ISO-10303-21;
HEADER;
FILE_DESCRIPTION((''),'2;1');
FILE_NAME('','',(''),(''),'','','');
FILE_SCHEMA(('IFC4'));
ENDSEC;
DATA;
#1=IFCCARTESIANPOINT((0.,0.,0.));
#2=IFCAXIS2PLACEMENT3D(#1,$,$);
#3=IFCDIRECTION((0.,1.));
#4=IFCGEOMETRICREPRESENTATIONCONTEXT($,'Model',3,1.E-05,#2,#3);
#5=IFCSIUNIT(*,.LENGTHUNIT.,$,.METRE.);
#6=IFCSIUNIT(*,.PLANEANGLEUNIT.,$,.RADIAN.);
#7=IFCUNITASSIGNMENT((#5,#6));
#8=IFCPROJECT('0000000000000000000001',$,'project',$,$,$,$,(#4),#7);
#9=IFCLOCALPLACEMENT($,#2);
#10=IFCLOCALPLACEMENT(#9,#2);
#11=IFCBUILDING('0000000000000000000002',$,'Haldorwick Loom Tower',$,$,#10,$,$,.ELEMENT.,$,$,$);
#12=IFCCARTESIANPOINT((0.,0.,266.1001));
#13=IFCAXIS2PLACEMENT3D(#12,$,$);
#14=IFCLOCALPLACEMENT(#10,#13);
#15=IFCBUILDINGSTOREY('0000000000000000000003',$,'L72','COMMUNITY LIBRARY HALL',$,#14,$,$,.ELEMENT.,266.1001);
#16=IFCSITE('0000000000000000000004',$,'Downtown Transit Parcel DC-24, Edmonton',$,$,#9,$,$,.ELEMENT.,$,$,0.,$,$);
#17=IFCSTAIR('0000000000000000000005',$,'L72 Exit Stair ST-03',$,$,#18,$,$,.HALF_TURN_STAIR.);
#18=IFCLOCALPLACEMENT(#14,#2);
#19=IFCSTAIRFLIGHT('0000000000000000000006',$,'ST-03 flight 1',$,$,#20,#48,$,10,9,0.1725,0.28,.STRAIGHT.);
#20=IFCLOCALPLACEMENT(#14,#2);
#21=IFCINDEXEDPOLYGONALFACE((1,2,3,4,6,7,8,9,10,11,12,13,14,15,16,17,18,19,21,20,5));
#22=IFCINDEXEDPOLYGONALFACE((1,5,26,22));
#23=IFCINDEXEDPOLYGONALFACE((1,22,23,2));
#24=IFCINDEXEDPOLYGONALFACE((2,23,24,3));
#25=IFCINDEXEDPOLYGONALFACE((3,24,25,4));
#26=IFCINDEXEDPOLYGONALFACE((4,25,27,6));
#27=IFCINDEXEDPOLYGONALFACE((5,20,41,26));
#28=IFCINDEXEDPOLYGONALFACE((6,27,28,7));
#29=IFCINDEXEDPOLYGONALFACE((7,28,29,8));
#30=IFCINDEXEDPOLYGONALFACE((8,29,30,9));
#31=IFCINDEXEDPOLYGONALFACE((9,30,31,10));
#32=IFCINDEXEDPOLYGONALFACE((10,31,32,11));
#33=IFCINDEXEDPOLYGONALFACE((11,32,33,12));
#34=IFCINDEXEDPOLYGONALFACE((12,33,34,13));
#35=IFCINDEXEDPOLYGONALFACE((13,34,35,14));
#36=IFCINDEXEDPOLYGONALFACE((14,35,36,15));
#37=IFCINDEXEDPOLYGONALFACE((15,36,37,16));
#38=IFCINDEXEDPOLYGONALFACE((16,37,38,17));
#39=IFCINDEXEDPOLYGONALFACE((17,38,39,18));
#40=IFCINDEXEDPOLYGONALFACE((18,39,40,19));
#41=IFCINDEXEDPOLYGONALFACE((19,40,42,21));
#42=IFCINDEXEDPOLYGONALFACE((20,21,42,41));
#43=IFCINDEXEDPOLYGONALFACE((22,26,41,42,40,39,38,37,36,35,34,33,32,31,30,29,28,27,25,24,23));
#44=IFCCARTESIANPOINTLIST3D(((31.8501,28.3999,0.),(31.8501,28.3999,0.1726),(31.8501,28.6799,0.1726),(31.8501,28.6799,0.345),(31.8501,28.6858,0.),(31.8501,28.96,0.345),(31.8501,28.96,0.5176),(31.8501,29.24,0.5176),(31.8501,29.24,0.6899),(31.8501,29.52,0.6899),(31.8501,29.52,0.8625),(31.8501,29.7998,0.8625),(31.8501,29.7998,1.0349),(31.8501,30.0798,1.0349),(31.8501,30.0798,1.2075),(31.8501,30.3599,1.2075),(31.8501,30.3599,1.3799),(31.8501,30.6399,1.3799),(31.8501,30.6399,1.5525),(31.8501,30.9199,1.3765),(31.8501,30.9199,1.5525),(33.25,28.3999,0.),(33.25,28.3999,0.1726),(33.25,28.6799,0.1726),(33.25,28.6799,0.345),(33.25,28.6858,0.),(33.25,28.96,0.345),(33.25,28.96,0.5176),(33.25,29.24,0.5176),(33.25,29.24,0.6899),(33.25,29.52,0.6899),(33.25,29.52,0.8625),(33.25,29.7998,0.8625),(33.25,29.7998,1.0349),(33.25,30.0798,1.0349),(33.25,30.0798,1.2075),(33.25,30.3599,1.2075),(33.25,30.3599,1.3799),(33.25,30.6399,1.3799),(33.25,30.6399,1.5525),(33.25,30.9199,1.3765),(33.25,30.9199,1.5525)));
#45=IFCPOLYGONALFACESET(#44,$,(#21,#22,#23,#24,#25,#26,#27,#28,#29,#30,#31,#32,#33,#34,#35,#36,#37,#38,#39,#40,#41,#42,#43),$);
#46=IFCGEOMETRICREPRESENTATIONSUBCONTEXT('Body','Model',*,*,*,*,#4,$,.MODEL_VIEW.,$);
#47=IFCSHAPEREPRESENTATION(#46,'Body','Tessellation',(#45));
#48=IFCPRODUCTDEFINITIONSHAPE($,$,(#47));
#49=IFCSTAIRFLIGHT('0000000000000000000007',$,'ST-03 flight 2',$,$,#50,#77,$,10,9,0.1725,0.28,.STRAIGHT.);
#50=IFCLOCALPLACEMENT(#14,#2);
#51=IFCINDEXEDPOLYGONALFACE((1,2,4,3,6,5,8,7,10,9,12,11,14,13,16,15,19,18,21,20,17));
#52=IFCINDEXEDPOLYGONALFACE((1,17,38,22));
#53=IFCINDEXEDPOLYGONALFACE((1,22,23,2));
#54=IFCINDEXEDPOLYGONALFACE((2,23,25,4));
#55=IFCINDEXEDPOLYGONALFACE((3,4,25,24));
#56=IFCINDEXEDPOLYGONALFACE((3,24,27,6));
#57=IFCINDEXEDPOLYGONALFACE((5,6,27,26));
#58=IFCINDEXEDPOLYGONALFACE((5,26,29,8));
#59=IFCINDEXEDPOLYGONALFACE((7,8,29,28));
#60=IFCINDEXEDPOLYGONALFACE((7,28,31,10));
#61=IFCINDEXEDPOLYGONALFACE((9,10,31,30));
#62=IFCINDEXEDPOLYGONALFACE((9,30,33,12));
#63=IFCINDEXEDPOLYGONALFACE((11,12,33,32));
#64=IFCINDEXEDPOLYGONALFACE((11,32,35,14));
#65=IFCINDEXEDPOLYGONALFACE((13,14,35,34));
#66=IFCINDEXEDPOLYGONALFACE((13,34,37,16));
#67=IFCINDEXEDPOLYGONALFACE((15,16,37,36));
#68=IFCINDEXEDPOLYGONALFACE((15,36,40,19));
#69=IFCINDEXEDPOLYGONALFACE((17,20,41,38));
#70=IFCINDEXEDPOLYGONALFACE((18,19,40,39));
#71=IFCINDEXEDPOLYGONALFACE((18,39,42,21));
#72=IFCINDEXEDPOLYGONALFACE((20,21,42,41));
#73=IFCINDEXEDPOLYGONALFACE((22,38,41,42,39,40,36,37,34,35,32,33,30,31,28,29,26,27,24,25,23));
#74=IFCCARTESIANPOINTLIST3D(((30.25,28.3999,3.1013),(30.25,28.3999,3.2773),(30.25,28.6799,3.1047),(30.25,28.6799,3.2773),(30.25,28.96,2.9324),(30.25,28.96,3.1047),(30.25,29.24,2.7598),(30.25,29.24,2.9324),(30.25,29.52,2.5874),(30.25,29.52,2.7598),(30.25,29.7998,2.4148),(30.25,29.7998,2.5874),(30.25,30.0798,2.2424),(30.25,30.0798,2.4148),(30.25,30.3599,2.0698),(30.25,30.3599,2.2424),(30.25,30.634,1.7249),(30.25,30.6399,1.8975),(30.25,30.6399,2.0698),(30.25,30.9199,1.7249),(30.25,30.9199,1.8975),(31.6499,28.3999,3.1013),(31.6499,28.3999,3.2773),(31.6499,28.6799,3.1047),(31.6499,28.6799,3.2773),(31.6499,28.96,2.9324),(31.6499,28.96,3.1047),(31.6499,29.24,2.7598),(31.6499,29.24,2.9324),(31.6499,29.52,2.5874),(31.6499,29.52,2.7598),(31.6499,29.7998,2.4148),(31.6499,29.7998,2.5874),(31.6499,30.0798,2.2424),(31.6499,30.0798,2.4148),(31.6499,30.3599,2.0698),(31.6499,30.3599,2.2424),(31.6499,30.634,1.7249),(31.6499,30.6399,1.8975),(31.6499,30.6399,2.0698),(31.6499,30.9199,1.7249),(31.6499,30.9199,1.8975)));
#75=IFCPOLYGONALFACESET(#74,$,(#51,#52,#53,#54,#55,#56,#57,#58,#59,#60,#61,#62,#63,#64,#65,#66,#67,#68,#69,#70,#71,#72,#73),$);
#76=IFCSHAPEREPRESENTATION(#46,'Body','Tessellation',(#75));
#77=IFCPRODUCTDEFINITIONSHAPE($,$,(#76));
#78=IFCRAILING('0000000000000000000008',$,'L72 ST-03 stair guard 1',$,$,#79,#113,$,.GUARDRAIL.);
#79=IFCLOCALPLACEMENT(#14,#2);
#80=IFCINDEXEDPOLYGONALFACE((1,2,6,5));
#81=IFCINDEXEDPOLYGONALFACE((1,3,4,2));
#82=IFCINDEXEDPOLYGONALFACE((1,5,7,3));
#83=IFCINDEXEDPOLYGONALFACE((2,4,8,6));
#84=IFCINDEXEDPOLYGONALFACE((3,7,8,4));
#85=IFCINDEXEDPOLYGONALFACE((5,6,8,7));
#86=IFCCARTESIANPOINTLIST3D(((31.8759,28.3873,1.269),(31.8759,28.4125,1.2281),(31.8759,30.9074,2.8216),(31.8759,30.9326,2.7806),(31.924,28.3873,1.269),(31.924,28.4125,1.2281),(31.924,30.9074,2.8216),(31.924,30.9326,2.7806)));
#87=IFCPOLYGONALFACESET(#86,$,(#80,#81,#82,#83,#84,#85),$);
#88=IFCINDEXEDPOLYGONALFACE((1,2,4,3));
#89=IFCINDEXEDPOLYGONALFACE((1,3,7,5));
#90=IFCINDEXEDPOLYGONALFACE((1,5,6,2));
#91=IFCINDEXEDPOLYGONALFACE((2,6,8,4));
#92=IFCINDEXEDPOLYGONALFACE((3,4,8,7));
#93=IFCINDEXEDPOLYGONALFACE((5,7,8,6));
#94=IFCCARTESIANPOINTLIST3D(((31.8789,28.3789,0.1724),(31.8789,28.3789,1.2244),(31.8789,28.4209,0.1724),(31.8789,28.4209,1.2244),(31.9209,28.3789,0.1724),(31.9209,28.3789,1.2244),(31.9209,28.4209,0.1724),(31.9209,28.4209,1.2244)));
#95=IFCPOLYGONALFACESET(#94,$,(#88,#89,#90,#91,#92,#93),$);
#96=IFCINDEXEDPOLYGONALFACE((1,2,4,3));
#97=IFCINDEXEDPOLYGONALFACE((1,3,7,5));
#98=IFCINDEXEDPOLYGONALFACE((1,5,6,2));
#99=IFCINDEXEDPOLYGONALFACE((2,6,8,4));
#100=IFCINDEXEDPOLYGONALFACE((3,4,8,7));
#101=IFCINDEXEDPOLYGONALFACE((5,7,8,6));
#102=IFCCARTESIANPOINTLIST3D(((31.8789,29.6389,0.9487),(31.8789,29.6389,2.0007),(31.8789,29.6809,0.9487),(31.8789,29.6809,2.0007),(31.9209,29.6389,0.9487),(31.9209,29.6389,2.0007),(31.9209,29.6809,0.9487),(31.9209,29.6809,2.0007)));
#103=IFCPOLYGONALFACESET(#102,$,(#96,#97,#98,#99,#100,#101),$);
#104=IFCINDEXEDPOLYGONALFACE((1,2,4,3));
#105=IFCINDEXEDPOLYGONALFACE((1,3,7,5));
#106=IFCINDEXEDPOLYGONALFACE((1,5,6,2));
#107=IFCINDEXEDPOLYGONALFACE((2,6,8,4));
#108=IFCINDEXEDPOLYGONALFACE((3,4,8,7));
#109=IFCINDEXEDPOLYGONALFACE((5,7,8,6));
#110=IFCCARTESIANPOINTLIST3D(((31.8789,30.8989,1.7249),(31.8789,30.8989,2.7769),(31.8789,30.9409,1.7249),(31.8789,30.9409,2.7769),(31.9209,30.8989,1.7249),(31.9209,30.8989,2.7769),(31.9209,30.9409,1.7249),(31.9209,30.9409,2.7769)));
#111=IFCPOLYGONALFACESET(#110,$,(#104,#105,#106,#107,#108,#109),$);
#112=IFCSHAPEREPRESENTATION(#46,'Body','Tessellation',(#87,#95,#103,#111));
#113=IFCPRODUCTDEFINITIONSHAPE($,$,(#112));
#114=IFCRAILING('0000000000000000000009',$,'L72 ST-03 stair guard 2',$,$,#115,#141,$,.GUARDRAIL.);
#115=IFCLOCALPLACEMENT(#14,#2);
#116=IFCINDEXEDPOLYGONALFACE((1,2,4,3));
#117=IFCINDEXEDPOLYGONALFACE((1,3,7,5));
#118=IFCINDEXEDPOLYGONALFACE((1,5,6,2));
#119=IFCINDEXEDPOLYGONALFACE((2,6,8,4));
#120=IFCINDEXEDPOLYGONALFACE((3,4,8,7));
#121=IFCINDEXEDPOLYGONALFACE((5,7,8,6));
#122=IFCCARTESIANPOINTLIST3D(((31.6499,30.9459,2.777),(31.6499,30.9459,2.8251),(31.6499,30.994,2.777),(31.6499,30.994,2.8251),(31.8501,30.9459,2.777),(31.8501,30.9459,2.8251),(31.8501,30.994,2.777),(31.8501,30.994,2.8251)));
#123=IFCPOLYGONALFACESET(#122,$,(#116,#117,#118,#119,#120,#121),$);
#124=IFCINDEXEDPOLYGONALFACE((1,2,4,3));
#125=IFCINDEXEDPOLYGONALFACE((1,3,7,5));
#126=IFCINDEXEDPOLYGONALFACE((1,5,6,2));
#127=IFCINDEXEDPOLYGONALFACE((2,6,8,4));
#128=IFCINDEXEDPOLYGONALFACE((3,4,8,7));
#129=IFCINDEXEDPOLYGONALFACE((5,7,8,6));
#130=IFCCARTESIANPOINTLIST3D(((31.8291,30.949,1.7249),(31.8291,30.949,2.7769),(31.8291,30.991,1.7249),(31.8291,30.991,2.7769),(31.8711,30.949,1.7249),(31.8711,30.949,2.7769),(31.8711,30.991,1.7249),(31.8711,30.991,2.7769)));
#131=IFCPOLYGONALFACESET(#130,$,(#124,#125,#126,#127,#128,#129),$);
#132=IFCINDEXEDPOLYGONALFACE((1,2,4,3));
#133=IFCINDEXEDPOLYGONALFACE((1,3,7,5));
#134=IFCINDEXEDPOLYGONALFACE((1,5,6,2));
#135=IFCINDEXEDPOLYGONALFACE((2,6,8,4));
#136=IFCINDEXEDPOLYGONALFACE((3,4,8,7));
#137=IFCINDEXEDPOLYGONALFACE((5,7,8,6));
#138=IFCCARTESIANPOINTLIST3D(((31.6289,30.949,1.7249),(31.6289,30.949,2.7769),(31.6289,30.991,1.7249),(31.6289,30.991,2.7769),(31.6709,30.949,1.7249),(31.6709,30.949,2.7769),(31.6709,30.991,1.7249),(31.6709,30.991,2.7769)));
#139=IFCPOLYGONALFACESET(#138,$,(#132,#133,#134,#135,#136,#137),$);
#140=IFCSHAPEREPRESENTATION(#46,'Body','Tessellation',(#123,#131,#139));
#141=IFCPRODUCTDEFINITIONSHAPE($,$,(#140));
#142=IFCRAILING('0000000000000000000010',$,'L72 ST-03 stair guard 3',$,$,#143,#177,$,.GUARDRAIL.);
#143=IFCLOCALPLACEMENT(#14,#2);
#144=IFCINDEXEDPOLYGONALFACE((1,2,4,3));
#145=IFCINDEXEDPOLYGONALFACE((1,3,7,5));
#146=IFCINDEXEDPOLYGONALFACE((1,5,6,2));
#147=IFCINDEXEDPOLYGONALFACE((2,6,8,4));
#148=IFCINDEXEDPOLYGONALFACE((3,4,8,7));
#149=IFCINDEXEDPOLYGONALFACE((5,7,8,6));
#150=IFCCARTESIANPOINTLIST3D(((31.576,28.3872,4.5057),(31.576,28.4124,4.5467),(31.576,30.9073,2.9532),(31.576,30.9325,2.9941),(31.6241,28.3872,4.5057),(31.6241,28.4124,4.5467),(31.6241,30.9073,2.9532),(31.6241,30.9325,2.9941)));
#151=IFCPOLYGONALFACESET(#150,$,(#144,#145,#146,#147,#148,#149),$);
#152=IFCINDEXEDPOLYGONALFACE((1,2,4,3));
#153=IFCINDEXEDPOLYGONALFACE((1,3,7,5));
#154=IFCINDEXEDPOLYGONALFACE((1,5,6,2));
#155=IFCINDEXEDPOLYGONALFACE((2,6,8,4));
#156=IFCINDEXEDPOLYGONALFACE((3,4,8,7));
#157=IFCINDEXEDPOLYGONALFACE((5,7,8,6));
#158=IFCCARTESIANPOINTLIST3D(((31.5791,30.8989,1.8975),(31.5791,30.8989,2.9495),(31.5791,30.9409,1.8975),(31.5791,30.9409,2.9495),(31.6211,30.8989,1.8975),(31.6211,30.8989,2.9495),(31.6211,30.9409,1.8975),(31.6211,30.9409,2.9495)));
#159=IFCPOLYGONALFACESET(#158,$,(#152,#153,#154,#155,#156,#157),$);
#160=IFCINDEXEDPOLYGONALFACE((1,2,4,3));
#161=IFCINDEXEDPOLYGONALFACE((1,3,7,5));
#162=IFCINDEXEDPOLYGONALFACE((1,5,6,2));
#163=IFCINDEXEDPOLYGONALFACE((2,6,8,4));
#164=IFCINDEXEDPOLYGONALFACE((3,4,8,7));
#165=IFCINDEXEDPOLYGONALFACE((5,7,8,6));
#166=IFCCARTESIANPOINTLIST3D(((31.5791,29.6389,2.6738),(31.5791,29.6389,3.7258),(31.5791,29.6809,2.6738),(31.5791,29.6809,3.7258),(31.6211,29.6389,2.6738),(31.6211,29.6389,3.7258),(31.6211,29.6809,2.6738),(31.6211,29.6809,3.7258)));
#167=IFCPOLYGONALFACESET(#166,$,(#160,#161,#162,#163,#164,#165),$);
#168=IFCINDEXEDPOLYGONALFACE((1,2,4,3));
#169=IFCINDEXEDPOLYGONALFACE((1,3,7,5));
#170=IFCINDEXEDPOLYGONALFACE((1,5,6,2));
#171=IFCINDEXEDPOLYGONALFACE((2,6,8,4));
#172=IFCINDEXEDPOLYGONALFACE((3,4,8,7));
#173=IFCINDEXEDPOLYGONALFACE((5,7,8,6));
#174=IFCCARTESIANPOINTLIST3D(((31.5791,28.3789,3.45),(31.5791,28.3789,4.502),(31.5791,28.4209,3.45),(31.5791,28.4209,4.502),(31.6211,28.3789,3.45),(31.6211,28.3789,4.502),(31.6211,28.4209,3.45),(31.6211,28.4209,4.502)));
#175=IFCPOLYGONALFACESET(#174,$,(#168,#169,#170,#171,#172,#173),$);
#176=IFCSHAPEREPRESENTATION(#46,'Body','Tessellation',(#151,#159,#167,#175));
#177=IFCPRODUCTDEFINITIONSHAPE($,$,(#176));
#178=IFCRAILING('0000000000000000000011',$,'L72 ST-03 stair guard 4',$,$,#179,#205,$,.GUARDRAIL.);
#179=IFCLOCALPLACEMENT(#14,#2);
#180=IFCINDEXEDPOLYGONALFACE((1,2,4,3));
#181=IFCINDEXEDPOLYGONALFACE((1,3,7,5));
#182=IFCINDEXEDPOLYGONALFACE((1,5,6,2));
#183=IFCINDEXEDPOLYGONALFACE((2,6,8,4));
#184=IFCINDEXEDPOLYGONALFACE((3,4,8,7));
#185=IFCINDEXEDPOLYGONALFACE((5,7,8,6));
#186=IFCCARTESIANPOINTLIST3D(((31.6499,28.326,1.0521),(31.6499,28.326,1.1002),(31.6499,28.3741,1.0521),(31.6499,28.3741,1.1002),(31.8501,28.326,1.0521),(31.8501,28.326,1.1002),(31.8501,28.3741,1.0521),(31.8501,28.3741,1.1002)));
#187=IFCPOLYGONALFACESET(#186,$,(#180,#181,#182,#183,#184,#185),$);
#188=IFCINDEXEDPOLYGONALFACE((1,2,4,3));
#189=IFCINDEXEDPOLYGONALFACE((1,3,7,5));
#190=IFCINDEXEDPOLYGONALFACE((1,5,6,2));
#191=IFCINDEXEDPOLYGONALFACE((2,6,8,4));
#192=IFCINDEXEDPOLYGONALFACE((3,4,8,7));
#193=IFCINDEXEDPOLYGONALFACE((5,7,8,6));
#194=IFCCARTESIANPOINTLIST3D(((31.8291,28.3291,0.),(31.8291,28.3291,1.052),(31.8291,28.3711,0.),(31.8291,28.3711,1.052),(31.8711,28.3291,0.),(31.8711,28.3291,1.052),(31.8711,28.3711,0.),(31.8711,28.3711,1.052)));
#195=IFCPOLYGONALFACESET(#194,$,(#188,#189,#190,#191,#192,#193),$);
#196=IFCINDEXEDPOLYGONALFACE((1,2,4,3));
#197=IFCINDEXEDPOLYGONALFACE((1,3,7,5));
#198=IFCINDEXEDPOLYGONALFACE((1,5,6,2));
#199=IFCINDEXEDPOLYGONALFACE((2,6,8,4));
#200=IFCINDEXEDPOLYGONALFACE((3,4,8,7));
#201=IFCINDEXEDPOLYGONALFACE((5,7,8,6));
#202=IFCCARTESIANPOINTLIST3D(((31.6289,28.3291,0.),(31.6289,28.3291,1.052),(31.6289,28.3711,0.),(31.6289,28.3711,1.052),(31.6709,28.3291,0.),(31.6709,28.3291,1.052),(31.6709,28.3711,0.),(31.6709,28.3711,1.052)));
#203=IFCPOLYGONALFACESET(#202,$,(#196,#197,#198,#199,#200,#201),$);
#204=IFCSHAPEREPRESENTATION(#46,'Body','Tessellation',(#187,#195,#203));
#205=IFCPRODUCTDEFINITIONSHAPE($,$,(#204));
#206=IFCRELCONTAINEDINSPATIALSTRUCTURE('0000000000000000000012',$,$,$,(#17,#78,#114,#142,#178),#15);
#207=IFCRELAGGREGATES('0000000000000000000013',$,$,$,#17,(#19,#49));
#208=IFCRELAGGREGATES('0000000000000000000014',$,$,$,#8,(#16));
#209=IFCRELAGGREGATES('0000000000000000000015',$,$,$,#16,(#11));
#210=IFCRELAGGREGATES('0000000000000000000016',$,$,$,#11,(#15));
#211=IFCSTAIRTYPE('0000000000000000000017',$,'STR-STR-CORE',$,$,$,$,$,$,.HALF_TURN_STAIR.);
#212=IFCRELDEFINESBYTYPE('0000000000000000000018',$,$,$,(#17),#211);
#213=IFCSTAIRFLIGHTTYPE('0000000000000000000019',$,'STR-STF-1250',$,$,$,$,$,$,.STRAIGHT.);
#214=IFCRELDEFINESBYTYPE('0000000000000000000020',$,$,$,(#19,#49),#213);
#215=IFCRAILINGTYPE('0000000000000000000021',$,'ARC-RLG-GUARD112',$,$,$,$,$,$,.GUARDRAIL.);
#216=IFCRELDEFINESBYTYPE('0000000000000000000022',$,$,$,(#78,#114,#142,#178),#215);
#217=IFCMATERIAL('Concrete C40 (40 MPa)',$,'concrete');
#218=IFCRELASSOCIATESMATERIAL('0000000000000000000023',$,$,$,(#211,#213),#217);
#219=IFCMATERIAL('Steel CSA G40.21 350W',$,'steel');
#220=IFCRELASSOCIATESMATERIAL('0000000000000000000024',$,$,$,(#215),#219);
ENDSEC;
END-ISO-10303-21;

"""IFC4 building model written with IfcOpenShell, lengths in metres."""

from ifc_helpers import new_model, si_unit, direction, frame, origin, origin_2d, place, context, subcontext, project, spatial, polyline, rectangle, outline, extrude, material, type_object, element, aggregate, save


model = new_model("IFC4")

# Units and contexts
model_context = context("Model", 3, precision=1e-05, world=origin(), true_north=direction((0.0, 1.0)))
body_context = subcontext(model_context, "Body", "Model", "MODEL_VIEW")
ifc_project = project(units=[si_unit("LENGTHUNIT", "METRE"), si_unit("PLANEANGLEUNIT", "RADIAN")], contexts=[model_context])

# Site, building, storey
site_placement = place(None, origin())
site = spatial("IfcSite", under=ifc_project, at=site_placement, Name="Downtown Transit Parcel DC-24, Edmonton", CompositionType="ELEMENT", RefElevation=0.0)
building_placement = place(site_placement, origin())
building = spatial("IfcBuilding", under=site, at=building_placement, Name="Haldorwick Loom Tower", CompositionType="ELEMENT")
storey_placement = place(building_placement, frame((0.0, 0.0, 266.1001)))
storey = spatial("IfcBuildingStorey", under=building, at=storey_placement, Name="L72", Description="COMMUNITY LIBRARY HALL", CompositionType="ELEMENT", Elevation=266.1001)

# Shared definitions
ifc_material_1 = material(Name="Steel CSA G40.21 350W", Category="steel")

# Stair, stair flights
ifc_material_2 = material(Name="Concrete C40 (40 MPa)", Category="concrete")
stair_type = type_object("IfcStairType", Name="STR-STR-CORE", PredefinedType="HALF_TURN_STAIR", material=ifc_material_2)
stair_placement = place(storey_placement, origin())
stair = element("IfcStair", 1, at=stair_placement, inside=storey, type_object=stair_type, Name="L72 Exit Stair ST-03", PredefinedType="HALF_TURN_STAIR")
stair_flight_type = type_object("IfcStairFlightType", Name="STR-STF-1250", PredefinedType="STRAIGHT", material=ifc_material_2)
stair_flight_1_placement = place(storey_placement, frame((32.55, 28.3999, 0.0), z_axis=(0.0, 0.0, 1.0), x_axis=(0.0, 1.0, 0.0)))
stair_flight_1 = element("IfcStairFlight", 2, at=stair_flight_1_placement, type_object=stair_flight_type, Name="ST-03 flight 1", NumberOfRisers=10, NumberOfTreads=9, PredefinedType="STRAIGHT", RiserHeight=0.1725, TreadLength=0.28, context=body_context, shape_type="SweptSolid", body=[
    extrude(outline(polyline([(0.0, 0.0), (0.0, 0.1726), (0.28, 0.1726), (0.28, 0.345), (0.5601, 0.345), (0.5601, 0.5176), (0.8401, 0.5176), (0.8401, 0.6899), (1.1201, 0.6899), (1.1201, 0.8625), (1.3999, 0.8625), (1.3999, 1.0349), (1.6799, 1.0349), (1.6799, 1.2075), (1.96, 1.2075), (1.96, 1.3799), (2.24, 1.3799), (2.24, 1.5525), (2.52, 1.5525), (2.52, 1.7251), (2.52, 1.3765), (0.2859, 0.0), (0.0, 0.0)])), frame((0.0, 0.7, 0.0), z_axis=(0.0, -1.0, 0.0), x_axis=(1.0, 0.0, 0.0)), (0.0, 0.0, 1.0), 1.3999),
])
stair_flight_2_placement = place(storey_placement, frame((30.95, 30.9199, 1.7249), z_axis=(0.0, 0.0, 1.0), x_axis=(0.0, -1.0, 0.0)))
stair_flight_2 = element("IfcStairFlight", 3, at=stair_flight_2_placement, type_object=stair_flight_type, Name="ST-03 flight 2", NumberOfRisers=10, NumberOfTreads=9, PredefinedType="STRAIGHT", RiserHeight=0.1725, TreadLength=0.28, context=body_context, shape_type="SweptSolid", body=[
    extrude(outline(polyline([(0.0, 0.0), (0.0, 0.1726), (0.28, 0.1726), (0.28, 0.345), (0.5601, 0.345), (0.5601, 0.5176), (0.8401, 0.5176), (0.8401, 0.6899), (1.1201, 0.6899), (1.1201, 0.8625), (1.3999, 0.8625), (1.3999, 1.0349), (1.6799, 1.0349), (1.6799, 1.2075), (1.96, 1.2075), (1.96, 1.3799), (2.24, 1.3799), (2.24, 1.5525), (2.52, 1.5525), (2.52, 1.7251), (2.52, 1.3765), (0.2859, 0.0), (0.0, 0.0)])), frame((0.0, 0.7, 0.0), z_axis=(0.0, -1.0, 0.0), x_axis=(1.0, 0.0, 0.0)), (0.0, 0.0, 1.0), 1.3999),
])
aggregate(stair, [stair_flight_1, stair_flight_2])

# Railings
railing_type_1 = type_object("IfcRailingType", Name="ARC-RLG-GUARD112", PredefinedType="GUARDRAIL", material=ifc_material_1)
railing_1_placement = place(storey_placement, frame((31.8999, 28.3999, 0.1724)))
element("IfcRailing", 4, at=railing_1_placement, inside=storey, type_object=railing_type_1, Name="L72 ST-03 stair guard 1", PredefinedType="GUARDRAIL", context=body_context, shape_type="SweptSolid", body=[
    extrude(rectangle(XDim=0.0481, YDim=0.0481, at=origin_2d()), frame((0.0, 0.0, 1.0762), z_axis=(0.0, 0.8514, 0.524516), x_axis=(-1.0, 0.0, 0.0)), (0.0, 0.0, 1.0), 2.96),
    extrude(rectangle(XDim=0.042, YDim=0.042, at=origin_2d()), origin(), (0.0, 0.0, 1.0), 1.052),
    extrude(rectangle(XDim=0.042, YDim=0.042, at=origin_2d()), frame((0.0, 1.26, 0.7764)), (0.0, 0.0, 1.0), 1.052),
    extrude(rectangle(XDim=0.042, YDim=0.042, at=origin_2d()), frame((0.0, 2.52, 1.5525)), (0.0, 0.0, 1.0), 1.052),
])
railing_2_placement = place(storey_placement, frame((31.8501, 30.97, 1.7249)))
element("IfcRailing", 5, at=railing_2_placement, inside=storey, type_object=railing_type_1, Name="L72 ST-03 stair guard 2", PredefinedType="GUARDRAIL", context=body_context, shape_type="SweptSolid", body=[
    extrude(rectangle(XDim=0.0481, YDim=0.0481, at=origin_2d()), frame((0.0, 0.0, 1.0762), z_axis=(-1.0, 0.0, 0.0), x_axis=(0.0, -1.0, 0.0)), (0.0, 0.0, 1.0), 0.2002),
    extrude(rectangle(XDim=0.042, YDim=0.042, at=origin_2d()), origin(), (0.0, 0.0, 1.0), 1.052),
    extrude(rectangle(XDim=0.042, YDim=0.042, at=origin_2d()), frame((-0.2002, 0.0, 0.0)), (0.0, 0.0, 1.0), 1.052),
])
railing_3_placement = place(storey_placement, frame((31.6001, 30.9199, 1.8975)))
element("IfcRailing", 6, at=railing_3_placement, inside=storey, type_object=railing_type_1, Name="L72 ST-03 stair guard 3", PredefinedType="GUARDRAIL", context=body_context, shape_type="SweptSolid", body=[
    extrude(rectangle(XDim=0.0481, YDim=0.0481, at=origin_2d()), frame((0.0, 0.0, 1.0762), z_axis=(0.0, -0.8514, 0.524516), x_axis=(1.0, 0.0, 0.0)), (0.0, 0.0, 1.0), 2.96),
    extrude(rectangle(XDim=0.042, YDim=0.042, at=origin_2d()), origin(), (0.0, 0.0, 1.0), 1.052),
    extrude(rectangle(XDim=0.042, YDim=0.042, at=origin_2d()), frame((0.0, -1.26, 0.7764)), (0.0, 0.0, 1.0), 1.052),
    extrude(rectangle(XDim=0.042, YDim=0.042, at=origin_2d()), frame((0.0, -2.52, 1.5525)), (0.0, 0.0, 1.0), 1.052),
])
railing_4_placement = place(storey_placement, frame((31.8501, 28.3501, 0.0)))
element("IfcRailing", 7, at=railing_4_placement, inside=storey, type_object=railing_type_1, Name="L72 ST-03 stair guard 4", PredefinedType="GUARDRAIL", context=body_context, shape_type="SweptSolid", body=[
    extrude(rectangle(XDim=0.0481, YDim=0.0481, at=origin_2d()), frame((0.0, 0.0, 1.0762), z_axis=(-1.0, 0.0, 0.0), x_axis=(0.0, -1.0, 0.0)), (0.0, 0.0, 1.0), 0.2002),
    extrude(rectangle(XDim=0.042, YDim=0.042, at=origin_2d()), origin(), (0.0, 0.0, 1.0), 1.052),
    extrude(rectangle(XDim=0.042, YDim=0.042, at=origin_2d()), frame((-0.2002, 0.0, 0.0)), (0.0, 0.0, 1.0), 1.052),
])

save(model, "model.ifc")
